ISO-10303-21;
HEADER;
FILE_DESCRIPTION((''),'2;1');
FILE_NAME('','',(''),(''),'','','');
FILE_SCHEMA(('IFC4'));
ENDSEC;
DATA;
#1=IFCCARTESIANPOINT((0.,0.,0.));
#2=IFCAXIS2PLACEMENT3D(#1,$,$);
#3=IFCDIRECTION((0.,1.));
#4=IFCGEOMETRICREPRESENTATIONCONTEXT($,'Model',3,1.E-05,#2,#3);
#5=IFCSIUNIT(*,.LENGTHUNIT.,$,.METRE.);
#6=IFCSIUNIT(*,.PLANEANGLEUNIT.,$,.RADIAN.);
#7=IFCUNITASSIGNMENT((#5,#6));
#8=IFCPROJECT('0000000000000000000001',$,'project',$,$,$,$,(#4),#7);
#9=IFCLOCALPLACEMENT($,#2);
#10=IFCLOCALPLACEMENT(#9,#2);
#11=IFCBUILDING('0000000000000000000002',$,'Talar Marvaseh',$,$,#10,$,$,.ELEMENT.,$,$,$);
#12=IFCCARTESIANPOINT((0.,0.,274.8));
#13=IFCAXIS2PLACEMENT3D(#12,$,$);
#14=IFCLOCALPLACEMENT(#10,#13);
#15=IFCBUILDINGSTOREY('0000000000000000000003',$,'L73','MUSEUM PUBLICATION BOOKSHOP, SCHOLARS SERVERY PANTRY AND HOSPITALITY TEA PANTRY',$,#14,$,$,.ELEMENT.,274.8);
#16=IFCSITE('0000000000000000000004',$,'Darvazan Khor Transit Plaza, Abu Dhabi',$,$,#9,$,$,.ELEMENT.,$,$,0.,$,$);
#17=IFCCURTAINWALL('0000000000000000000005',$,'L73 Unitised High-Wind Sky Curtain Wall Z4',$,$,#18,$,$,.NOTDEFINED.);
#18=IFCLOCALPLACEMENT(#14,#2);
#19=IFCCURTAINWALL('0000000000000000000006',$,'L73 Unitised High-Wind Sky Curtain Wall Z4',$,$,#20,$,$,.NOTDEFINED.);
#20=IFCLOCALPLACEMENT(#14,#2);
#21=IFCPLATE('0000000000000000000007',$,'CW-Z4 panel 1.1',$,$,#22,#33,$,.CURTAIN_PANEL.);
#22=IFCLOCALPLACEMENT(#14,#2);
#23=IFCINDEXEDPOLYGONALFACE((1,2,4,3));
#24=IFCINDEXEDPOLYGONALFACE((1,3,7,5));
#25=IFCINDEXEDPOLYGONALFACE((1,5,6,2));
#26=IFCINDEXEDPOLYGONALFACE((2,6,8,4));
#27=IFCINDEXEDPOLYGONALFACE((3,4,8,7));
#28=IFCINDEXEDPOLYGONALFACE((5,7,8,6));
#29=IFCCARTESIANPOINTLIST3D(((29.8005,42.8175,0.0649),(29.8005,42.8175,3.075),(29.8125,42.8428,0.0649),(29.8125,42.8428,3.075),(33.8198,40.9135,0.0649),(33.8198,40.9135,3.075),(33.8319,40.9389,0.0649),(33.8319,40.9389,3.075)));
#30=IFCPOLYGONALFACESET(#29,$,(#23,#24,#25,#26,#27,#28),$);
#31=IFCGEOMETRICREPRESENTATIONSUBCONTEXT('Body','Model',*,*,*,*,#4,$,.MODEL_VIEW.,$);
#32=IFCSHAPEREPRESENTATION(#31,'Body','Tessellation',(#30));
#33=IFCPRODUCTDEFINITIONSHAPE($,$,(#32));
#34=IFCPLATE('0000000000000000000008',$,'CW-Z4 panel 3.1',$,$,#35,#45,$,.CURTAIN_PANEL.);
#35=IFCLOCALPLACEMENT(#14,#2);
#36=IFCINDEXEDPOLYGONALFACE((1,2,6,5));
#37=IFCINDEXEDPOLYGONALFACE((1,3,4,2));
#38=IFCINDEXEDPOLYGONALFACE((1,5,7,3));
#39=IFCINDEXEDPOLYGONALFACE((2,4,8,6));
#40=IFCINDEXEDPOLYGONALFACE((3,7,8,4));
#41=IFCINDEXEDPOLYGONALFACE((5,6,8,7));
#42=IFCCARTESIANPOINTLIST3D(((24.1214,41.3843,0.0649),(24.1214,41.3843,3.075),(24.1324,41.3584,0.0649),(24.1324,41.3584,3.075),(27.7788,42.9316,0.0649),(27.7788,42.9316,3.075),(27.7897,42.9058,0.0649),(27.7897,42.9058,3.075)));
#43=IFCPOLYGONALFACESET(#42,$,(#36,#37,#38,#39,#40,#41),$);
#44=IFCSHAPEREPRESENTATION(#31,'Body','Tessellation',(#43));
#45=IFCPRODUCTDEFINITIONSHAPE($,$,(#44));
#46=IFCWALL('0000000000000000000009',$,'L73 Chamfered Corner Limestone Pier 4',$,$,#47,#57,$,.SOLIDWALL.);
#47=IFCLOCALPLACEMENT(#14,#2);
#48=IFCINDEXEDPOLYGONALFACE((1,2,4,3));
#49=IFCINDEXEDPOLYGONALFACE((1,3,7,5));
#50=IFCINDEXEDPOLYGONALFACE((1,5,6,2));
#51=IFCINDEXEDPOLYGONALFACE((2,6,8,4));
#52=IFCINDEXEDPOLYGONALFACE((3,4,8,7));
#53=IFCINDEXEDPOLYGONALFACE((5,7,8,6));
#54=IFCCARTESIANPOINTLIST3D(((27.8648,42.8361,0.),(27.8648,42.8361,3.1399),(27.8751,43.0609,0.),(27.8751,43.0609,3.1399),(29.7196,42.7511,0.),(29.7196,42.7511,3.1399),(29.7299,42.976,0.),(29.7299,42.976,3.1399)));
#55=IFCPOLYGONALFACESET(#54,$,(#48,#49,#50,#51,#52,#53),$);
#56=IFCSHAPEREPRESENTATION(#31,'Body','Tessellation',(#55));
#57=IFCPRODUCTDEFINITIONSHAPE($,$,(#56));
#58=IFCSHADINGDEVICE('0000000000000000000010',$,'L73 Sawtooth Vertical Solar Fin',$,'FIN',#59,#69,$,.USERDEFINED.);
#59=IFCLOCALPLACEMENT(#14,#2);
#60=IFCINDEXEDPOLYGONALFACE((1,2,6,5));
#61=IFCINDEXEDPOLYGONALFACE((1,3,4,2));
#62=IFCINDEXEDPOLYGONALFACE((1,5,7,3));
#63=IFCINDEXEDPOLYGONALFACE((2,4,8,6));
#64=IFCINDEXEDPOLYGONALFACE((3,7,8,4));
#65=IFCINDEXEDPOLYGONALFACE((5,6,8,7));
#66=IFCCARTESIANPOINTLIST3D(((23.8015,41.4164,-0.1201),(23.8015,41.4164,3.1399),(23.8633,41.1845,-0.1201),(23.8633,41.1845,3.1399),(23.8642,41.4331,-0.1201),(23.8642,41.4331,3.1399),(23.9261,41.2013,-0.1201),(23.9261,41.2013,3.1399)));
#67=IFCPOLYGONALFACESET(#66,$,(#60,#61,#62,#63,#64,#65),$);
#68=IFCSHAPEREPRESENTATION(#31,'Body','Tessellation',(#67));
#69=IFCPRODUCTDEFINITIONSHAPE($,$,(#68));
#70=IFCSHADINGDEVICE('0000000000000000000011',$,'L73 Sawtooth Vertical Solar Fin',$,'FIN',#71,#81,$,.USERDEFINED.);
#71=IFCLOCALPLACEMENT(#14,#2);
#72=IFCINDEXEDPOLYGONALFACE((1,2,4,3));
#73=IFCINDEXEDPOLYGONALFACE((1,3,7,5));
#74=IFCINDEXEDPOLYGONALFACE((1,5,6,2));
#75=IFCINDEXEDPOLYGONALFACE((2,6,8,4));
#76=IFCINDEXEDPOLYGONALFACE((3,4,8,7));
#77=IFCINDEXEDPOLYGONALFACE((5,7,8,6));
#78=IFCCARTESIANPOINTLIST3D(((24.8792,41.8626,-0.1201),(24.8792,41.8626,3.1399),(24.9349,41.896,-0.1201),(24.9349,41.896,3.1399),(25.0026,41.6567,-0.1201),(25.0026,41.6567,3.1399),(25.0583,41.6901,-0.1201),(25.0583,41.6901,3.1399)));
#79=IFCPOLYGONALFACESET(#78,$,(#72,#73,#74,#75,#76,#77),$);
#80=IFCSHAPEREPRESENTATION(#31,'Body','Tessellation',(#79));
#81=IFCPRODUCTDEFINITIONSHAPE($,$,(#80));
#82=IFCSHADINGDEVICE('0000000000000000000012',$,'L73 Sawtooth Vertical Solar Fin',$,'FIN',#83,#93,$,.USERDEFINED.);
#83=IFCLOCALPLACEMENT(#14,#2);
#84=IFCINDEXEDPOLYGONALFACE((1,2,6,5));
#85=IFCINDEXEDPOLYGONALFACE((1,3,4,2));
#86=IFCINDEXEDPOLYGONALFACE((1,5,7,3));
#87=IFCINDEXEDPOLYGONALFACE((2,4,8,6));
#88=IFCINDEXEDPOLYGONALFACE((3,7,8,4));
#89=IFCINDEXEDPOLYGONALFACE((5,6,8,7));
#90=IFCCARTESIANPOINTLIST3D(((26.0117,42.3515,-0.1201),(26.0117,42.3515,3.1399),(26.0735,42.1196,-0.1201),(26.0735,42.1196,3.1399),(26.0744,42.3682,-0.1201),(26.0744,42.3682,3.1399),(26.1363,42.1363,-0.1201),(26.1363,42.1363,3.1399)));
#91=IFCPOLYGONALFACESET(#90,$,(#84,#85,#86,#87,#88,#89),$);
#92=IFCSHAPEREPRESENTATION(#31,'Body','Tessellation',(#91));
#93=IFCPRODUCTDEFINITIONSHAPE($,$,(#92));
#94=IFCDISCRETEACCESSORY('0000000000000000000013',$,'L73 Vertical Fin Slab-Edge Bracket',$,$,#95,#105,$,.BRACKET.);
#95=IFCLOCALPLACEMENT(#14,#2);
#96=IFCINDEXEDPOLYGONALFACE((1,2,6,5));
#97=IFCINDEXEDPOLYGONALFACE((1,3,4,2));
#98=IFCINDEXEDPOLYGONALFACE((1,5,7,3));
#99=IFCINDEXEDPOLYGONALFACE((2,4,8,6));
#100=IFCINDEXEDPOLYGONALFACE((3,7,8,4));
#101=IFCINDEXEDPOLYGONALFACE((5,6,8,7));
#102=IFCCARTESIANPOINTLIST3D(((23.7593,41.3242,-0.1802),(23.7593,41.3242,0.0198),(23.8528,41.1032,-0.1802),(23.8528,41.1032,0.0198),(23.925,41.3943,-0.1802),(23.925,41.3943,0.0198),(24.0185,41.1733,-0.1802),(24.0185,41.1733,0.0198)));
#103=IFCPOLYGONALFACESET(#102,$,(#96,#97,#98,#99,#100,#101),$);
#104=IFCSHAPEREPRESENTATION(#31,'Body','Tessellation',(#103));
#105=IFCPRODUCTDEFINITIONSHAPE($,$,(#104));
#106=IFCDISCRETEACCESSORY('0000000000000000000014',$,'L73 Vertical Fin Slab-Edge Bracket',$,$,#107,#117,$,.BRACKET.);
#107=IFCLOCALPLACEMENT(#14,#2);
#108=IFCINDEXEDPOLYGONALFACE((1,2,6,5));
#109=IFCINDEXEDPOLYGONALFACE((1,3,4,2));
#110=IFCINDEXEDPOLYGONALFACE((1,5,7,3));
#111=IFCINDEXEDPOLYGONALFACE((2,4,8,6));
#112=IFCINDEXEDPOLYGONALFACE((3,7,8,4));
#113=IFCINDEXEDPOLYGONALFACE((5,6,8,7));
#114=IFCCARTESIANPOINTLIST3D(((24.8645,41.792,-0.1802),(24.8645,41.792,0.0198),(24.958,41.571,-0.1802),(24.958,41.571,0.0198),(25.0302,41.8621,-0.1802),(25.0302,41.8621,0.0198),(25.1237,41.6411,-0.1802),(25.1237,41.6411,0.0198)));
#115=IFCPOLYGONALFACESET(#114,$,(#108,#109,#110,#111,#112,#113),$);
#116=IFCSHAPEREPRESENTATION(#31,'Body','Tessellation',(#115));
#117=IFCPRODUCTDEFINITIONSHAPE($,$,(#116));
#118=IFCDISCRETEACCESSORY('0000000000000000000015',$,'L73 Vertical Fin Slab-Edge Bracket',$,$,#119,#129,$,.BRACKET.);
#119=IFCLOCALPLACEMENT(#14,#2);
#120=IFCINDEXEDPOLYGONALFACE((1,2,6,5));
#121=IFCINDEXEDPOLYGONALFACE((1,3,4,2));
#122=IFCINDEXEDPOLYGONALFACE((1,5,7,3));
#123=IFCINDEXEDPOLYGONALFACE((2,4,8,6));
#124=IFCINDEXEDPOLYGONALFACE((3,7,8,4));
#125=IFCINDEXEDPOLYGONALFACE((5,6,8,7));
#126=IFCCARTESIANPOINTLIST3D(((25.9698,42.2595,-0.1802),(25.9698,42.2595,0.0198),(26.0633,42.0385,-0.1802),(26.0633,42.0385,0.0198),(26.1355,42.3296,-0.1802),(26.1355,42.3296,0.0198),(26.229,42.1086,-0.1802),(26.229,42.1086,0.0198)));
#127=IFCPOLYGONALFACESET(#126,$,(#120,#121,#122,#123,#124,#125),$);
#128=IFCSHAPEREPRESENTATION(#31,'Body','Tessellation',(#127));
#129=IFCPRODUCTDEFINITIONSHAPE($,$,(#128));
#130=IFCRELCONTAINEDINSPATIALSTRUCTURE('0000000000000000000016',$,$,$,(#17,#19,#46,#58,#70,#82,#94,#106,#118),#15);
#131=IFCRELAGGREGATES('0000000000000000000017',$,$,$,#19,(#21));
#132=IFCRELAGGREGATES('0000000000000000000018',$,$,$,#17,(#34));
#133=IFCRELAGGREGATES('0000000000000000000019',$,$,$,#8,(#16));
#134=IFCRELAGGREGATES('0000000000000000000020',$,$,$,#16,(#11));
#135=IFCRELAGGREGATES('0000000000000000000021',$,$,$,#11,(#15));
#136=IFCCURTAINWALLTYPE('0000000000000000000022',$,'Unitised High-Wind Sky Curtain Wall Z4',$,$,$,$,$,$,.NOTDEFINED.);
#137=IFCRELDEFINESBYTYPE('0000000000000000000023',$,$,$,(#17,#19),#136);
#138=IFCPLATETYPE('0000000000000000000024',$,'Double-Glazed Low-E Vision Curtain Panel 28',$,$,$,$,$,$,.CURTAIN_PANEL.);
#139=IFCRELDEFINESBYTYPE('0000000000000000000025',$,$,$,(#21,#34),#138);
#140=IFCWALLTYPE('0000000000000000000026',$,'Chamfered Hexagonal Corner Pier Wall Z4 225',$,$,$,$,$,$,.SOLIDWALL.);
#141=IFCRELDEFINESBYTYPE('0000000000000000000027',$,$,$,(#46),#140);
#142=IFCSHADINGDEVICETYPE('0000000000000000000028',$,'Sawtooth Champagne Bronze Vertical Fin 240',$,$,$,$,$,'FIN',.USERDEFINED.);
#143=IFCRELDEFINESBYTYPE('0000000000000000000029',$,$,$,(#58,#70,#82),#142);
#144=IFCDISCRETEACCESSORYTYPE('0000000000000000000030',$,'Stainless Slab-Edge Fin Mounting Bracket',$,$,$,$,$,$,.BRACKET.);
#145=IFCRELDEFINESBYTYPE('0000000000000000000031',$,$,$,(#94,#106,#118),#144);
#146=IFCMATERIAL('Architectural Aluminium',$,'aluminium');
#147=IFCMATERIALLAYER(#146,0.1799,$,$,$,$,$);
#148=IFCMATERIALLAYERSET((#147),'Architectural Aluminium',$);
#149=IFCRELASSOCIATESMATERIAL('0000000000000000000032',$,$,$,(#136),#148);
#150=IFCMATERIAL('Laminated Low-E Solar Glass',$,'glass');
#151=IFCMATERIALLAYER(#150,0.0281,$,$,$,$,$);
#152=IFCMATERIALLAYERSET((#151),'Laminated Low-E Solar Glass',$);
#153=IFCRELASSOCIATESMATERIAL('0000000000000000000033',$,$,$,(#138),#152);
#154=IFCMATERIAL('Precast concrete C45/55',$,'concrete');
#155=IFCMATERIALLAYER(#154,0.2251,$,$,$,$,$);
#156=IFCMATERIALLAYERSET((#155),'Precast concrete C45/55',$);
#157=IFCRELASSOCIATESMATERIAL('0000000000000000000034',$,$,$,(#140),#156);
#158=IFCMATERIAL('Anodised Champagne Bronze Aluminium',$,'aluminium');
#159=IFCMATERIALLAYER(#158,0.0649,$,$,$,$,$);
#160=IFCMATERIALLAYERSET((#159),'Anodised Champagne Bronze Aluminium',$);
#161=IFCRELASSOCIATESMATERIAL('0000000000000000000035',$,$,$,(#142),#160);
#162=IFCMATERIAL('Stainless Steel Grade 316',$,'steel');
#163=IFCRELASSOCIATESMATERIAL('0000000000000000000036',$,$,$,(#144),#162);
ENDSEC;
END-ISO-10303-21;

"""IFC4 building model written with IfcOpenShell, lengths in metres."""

from ifc_helpers import new_model, si_unit, direction, frame, frame_2d, origin, origin_2d, place, context, subcontext, project, spatial, rectangle, extrude, source, transform, mapped, material, layer, layer_set, type_object, type_shapes, element, aggregate, save


model = new_model("IFC4")

# Units and contexts
model_context = context("Model", 3, precision=1e-05, world=origin(), true_north=direction((0.0, 1.0)))
body_context = subcontext(model_context, "Body", "Model", "MODEL_VIEW")
ifc_project = project(units=[si_unit("LENGTHUNIT", "METRE"), si_unit("PLANEANGLEUNIT", "RADIAN")], contexts=[model_context])

# Site, building, storey
site_placement = place(None, origin())
site = spatial("IfcSite", under=ifc_project, at=site_placement, Name="Darvazan Khor Transit Plaza, Abu Dhabi", CompositionType="ELEMENT", RefElevation=0.0)
building_placement = place(site_placement, origin())
building = spatial("IfcBuilding", under=site, at=building_placement, Name="Talar Marvaseh", CompositionType="ELEMENT")
storey_placement = place(building_placement, frame((0.0, 0.0, 274.8)))
storey = spatial("IfcBuildingStorey", under=building, at=storey_placement, Name="L73", Description="MUSEUM PUBLICATION BOOKSHOP, SCHOLARS SERVERY PANTRY AND HOSPITALITY TEA PANTRY", CompositionType="ELEMENT", Elevation=274.8)

# Curtain walls
ifc_material_1 = material(Name="Architectural Aluminium", Category="aluminium")
ifc_layer_1 = layer(ifc_material_1, 0.1799)
ifc_layer_set_1 = layer_set([ifc_layer_1], Name="Architectural Aluminium")
curtain_wall_type = type_object("IfcCurtainWallType", Name="Unitised High-Wind Sky Curtain Wall Z4", PredefinedType="NOTDEFINED", material=ifc_layer_set_1)
curtain_wall_1_placement = place(storey_placement, origin())
curtain_wall_1 = element("IfcCurtainWall", 1, at=curtain_wall_1_placement, inside=storey, type_object=curtain_wall_type, Name="L73 Unitised High-Wind Sky Curtain Wall Z4", PredefinedType="NOTDEFINED")
curtain_wall_2_placement = place(storey_placement, origin())
curtain_wall_2 = element("IfcCurtainWall", 2, at=curtain_wall_2_placement, inside=storey, type_object=curtain_wall_type, Name="L73 Unitised High-Wind Sky Curtain Wall Z4", PredefinedType="NOTDEFINED")

# Plates
ifc_material_2 = material(Name="Laminated Low-E Solar Glass", Category="glass")
ifc_layer_2 = layer(ifc_material_2, 0.0281)
ifc_layer_set_2 = layer_set([ifc_layer_2], Name="Laminated Low-E Solar Glass")
plate_type = type_object("IfcPlateType", Name="Double-Glazed Low-E Vision Curtain Panel 28", PredefinedType="CURTAIN_PANEL", material=ifc_layer_set_2)
shared_shape_1 = source(origin(), body_context, "Body", "SweptSolid", [
    extrude(rectangle(XDim=4.4475, YDim=0.0281, at=origin_2d()), origin(), (0.0, 0.0, 1.0), 3.01),
])
plate_1_placement = place(storey_placement, frame((31.8162, 41.8782, 0.0649), z_axis=(0.0, 0.0, 1.0), x_axis=(0.903736, -0.42809, 0.0)))
plate_1 = element("IfcPlate", 3, at=plate_1_placement, type_object=plate_type, Name="CW-Z4 panel 1.1", PredefinedType="CURTAIN_PANEL", context=body_context, shape_type="MappedRepresentation", body=[
    mapped(shared_shape_1, transform((0.0, 0.0, 0.0), x_axis=(1.0, 0.0, 0.0), y_axis=(0.0, 1.0, 0.0), z_axis=(0.0, 0.0, 1.0), scale=1.0)),
])
aggregate(curtain_wall_2, [plate_1])
shared_shape_2 = source(origin(), body_context, "Body", "SweptSolid", [
    extrude(rectangle(XDim=3.9712, YDim=0.0281, at=origin_2d()), origin(), (0.0, 0.0, 1.0), 3.01),
])
type_shapes(plate_type, [shared_shape_1, shared_shape_2])
plate_2_placement = place(storey_placement, frame((25.9556, 42.145, 0.0649), z_axis=(0.0, 0.0, 1.0), x_axis=(0.920968, 0.389638, 0.0)))
plate_2 = element("IfcPlate", 4, at=plate_2_placement, type_object=plate_type, Name="CW-Z4 panel 3.1", PredefinedType="CURTAIN_PANEL", context=body_context, shape_type="MappedRepresentation", body=[
    mapped(shared_shape_2, transform((0.0, 0.0, 0.0), x_axis=(1.0, 0.0, 0.0), y_axis=(0.0, 1.0, 0.0), z_axis=(0.0, 0.0, 1.0), scale=1.0)),
])
aggregate(curtain_wall_1, [plate_2])

# Wall
ifc_material_3 = material(Name="Precast concrete C45/55", Category="concrete")
ifc_layer_3 = layer(ifc_material_3, 0.2251)
ifc_layer_set_3 = layer_set([ifc_layer_3], Name="Precast concrete C45/55")
wall_type = type_object("IfcWallType", Name="Chamfered Hexagonal Corner Pier Wall Z4 225", PredefinedType="SOLIDWALL", material=ifc_layer_set_3)
wall_placement = place(storey_placement, frame((27.8701, 42.9485, 0.0), z_axis=(0.0, 0.0, 1.0), x_axis=(0.998952, -0.04576, 0.0)))
element("IfcWall", 5, at=wall_placement, inside=storey, type_object=wall_type, Name="L73 Chamfered Corner Limestone Pier 4", PredefinedType="SOLIDWALL", context=body_context, shape_type="SweptSolid", body=[
    extrude(rectangle(XDim=1.8567, YDim=0.2251, at=frame_2d((0.9282, 0.0))), origin(), (0.0, 0.0, 1.0), 3.1399),
])

# Shading devices
ifc_material_4 = material(Name="Anodised Champagne Bronze Aluminium", Category="aluminium")
ifc_layer_4 = layer(ifc_material_4, 0.0649)
ifc_layer_set_4 = layer_set([ifc_layer_4], Name="Anodised Champagne Bronze Aluminium")
shading_device_type = type_object("IfcShadingDeviceType", Name="Sawtooth Champagne Bronze Vertical Fin 240", ElementType="FIN", PredefinedType="USERDEFINED", material=ifc_layer_set_4)
shared_shape_3 = source(origin(), body_context, "Body", "SweptSolid", [
    extrude(rectangle(XDim=0.24, YDim=0.0649, at=origin_2d()), origin(), (0.0, 0.0, 1.0), 3.26),
])
type_shapes(shading_device_type, [shared_shape_3])
for number, where, z_axis, x_axis, name in (
    (6, (23.8638, 41.3088, -0.1201), (0.0, 0.0, 1.0), (-0.257639, 0.966241, 0.0), "L73 Sawtooth Vertical Solar Fin"),
    (7, (24.9688, 41.7764, -0.1201), (0.0, 0.0, 1.0), (-0.51399, 0.857796, 0.0), "L73 Sawtooth Vertical Solar Fin"),
    (8, (26.074, 42.2439, -0.1201), (0.0, 0.0, 1.0), (-0.257639, 0.966241, 0.0), "L73 Sawtooth Vertical Solar Fin"),
):
    element("IfcShadingDevice", number, at=place(storey_placement, frame(where, z_axis=z_axis, x_axis=x_axis)), inside=storey, type_object=shading_device_type, Name=name, ObjectType="FIN", PredefinedType="USERDEFINED", context=body_context, shape_type="MappedRepresentation", body=[
        mapped(shared_shape_3, transform((0.0, 0.0, 0.0), x_axis=(1.0, 0.0, 0.0), y_axis=(0.0, 1.0, 0.0), z_axis=(0.0, 0.0, 1.0), scale=1.0)),
    ])

# Discrete accessories
ifc_material_5 = material(Name="Stainless Steel Grade 316", Category="steel")
discrete_accessory_type = type_object("IfcDiscreteAccessoryType", Name="Stainless Slab-Edge Fin Mounting Bracket", PredefinedType="BRACKET", material=ifc_material_5)
shared_shape_4 = source(origin(), body_context, "Body", "SweptSolid", [
    extrude(rectangle(XDim=0.24, YDim=0.1799, at=origin_2d()), origin(), (0.0, 0.0, 1.0), 0.2),
])
type_shapes(discrete_accessory_type, [shared_shape_4])
for number, where, z_axis, x_axis, name in (
    (9, (23.8889, 41.2488, -0.1802), (0.0, 0.0, 1.0), (-0.389606, 0.920982, 0.0), "L73 Vertical Fin Slab-Edge Bracket"),
    (10, (24.9941, 41.7166, -0.1802), (0.0, 0.0, 1.0), (-0.389606, 0.920982, 0.0), "L73 Vertical Fin Slab-Edge Bracket"),
    (11, (26.0994, 42.1841, -0.1802), (0.0, 0.0, 1.0), (-0.389606, 0.920982, 0.0), "L73 Vertical Fin Slab-Edge Bracket"),
):
    element("IfcDiscreteAccessory", number, at=place(storey_placement, frame(where, z_axis=z_axis, x_axis=x_axis)), inside=storey, type_object=discrete_accessory_type, Name=name, PredefinedType="BRACKET", context=body_context, shape_type="MappedRepresentation", body=[
        mapped(shared_shape_4, transform((0.0, 0.0, 0.0), x_axis=(1.0, 0.0, 0.0), y_axis=(0.0, 1.0, 0.0), z_axis=(0.0, 0.0, 1.0), scale=1.0)),
    ])

save(model, "model.ifc")
